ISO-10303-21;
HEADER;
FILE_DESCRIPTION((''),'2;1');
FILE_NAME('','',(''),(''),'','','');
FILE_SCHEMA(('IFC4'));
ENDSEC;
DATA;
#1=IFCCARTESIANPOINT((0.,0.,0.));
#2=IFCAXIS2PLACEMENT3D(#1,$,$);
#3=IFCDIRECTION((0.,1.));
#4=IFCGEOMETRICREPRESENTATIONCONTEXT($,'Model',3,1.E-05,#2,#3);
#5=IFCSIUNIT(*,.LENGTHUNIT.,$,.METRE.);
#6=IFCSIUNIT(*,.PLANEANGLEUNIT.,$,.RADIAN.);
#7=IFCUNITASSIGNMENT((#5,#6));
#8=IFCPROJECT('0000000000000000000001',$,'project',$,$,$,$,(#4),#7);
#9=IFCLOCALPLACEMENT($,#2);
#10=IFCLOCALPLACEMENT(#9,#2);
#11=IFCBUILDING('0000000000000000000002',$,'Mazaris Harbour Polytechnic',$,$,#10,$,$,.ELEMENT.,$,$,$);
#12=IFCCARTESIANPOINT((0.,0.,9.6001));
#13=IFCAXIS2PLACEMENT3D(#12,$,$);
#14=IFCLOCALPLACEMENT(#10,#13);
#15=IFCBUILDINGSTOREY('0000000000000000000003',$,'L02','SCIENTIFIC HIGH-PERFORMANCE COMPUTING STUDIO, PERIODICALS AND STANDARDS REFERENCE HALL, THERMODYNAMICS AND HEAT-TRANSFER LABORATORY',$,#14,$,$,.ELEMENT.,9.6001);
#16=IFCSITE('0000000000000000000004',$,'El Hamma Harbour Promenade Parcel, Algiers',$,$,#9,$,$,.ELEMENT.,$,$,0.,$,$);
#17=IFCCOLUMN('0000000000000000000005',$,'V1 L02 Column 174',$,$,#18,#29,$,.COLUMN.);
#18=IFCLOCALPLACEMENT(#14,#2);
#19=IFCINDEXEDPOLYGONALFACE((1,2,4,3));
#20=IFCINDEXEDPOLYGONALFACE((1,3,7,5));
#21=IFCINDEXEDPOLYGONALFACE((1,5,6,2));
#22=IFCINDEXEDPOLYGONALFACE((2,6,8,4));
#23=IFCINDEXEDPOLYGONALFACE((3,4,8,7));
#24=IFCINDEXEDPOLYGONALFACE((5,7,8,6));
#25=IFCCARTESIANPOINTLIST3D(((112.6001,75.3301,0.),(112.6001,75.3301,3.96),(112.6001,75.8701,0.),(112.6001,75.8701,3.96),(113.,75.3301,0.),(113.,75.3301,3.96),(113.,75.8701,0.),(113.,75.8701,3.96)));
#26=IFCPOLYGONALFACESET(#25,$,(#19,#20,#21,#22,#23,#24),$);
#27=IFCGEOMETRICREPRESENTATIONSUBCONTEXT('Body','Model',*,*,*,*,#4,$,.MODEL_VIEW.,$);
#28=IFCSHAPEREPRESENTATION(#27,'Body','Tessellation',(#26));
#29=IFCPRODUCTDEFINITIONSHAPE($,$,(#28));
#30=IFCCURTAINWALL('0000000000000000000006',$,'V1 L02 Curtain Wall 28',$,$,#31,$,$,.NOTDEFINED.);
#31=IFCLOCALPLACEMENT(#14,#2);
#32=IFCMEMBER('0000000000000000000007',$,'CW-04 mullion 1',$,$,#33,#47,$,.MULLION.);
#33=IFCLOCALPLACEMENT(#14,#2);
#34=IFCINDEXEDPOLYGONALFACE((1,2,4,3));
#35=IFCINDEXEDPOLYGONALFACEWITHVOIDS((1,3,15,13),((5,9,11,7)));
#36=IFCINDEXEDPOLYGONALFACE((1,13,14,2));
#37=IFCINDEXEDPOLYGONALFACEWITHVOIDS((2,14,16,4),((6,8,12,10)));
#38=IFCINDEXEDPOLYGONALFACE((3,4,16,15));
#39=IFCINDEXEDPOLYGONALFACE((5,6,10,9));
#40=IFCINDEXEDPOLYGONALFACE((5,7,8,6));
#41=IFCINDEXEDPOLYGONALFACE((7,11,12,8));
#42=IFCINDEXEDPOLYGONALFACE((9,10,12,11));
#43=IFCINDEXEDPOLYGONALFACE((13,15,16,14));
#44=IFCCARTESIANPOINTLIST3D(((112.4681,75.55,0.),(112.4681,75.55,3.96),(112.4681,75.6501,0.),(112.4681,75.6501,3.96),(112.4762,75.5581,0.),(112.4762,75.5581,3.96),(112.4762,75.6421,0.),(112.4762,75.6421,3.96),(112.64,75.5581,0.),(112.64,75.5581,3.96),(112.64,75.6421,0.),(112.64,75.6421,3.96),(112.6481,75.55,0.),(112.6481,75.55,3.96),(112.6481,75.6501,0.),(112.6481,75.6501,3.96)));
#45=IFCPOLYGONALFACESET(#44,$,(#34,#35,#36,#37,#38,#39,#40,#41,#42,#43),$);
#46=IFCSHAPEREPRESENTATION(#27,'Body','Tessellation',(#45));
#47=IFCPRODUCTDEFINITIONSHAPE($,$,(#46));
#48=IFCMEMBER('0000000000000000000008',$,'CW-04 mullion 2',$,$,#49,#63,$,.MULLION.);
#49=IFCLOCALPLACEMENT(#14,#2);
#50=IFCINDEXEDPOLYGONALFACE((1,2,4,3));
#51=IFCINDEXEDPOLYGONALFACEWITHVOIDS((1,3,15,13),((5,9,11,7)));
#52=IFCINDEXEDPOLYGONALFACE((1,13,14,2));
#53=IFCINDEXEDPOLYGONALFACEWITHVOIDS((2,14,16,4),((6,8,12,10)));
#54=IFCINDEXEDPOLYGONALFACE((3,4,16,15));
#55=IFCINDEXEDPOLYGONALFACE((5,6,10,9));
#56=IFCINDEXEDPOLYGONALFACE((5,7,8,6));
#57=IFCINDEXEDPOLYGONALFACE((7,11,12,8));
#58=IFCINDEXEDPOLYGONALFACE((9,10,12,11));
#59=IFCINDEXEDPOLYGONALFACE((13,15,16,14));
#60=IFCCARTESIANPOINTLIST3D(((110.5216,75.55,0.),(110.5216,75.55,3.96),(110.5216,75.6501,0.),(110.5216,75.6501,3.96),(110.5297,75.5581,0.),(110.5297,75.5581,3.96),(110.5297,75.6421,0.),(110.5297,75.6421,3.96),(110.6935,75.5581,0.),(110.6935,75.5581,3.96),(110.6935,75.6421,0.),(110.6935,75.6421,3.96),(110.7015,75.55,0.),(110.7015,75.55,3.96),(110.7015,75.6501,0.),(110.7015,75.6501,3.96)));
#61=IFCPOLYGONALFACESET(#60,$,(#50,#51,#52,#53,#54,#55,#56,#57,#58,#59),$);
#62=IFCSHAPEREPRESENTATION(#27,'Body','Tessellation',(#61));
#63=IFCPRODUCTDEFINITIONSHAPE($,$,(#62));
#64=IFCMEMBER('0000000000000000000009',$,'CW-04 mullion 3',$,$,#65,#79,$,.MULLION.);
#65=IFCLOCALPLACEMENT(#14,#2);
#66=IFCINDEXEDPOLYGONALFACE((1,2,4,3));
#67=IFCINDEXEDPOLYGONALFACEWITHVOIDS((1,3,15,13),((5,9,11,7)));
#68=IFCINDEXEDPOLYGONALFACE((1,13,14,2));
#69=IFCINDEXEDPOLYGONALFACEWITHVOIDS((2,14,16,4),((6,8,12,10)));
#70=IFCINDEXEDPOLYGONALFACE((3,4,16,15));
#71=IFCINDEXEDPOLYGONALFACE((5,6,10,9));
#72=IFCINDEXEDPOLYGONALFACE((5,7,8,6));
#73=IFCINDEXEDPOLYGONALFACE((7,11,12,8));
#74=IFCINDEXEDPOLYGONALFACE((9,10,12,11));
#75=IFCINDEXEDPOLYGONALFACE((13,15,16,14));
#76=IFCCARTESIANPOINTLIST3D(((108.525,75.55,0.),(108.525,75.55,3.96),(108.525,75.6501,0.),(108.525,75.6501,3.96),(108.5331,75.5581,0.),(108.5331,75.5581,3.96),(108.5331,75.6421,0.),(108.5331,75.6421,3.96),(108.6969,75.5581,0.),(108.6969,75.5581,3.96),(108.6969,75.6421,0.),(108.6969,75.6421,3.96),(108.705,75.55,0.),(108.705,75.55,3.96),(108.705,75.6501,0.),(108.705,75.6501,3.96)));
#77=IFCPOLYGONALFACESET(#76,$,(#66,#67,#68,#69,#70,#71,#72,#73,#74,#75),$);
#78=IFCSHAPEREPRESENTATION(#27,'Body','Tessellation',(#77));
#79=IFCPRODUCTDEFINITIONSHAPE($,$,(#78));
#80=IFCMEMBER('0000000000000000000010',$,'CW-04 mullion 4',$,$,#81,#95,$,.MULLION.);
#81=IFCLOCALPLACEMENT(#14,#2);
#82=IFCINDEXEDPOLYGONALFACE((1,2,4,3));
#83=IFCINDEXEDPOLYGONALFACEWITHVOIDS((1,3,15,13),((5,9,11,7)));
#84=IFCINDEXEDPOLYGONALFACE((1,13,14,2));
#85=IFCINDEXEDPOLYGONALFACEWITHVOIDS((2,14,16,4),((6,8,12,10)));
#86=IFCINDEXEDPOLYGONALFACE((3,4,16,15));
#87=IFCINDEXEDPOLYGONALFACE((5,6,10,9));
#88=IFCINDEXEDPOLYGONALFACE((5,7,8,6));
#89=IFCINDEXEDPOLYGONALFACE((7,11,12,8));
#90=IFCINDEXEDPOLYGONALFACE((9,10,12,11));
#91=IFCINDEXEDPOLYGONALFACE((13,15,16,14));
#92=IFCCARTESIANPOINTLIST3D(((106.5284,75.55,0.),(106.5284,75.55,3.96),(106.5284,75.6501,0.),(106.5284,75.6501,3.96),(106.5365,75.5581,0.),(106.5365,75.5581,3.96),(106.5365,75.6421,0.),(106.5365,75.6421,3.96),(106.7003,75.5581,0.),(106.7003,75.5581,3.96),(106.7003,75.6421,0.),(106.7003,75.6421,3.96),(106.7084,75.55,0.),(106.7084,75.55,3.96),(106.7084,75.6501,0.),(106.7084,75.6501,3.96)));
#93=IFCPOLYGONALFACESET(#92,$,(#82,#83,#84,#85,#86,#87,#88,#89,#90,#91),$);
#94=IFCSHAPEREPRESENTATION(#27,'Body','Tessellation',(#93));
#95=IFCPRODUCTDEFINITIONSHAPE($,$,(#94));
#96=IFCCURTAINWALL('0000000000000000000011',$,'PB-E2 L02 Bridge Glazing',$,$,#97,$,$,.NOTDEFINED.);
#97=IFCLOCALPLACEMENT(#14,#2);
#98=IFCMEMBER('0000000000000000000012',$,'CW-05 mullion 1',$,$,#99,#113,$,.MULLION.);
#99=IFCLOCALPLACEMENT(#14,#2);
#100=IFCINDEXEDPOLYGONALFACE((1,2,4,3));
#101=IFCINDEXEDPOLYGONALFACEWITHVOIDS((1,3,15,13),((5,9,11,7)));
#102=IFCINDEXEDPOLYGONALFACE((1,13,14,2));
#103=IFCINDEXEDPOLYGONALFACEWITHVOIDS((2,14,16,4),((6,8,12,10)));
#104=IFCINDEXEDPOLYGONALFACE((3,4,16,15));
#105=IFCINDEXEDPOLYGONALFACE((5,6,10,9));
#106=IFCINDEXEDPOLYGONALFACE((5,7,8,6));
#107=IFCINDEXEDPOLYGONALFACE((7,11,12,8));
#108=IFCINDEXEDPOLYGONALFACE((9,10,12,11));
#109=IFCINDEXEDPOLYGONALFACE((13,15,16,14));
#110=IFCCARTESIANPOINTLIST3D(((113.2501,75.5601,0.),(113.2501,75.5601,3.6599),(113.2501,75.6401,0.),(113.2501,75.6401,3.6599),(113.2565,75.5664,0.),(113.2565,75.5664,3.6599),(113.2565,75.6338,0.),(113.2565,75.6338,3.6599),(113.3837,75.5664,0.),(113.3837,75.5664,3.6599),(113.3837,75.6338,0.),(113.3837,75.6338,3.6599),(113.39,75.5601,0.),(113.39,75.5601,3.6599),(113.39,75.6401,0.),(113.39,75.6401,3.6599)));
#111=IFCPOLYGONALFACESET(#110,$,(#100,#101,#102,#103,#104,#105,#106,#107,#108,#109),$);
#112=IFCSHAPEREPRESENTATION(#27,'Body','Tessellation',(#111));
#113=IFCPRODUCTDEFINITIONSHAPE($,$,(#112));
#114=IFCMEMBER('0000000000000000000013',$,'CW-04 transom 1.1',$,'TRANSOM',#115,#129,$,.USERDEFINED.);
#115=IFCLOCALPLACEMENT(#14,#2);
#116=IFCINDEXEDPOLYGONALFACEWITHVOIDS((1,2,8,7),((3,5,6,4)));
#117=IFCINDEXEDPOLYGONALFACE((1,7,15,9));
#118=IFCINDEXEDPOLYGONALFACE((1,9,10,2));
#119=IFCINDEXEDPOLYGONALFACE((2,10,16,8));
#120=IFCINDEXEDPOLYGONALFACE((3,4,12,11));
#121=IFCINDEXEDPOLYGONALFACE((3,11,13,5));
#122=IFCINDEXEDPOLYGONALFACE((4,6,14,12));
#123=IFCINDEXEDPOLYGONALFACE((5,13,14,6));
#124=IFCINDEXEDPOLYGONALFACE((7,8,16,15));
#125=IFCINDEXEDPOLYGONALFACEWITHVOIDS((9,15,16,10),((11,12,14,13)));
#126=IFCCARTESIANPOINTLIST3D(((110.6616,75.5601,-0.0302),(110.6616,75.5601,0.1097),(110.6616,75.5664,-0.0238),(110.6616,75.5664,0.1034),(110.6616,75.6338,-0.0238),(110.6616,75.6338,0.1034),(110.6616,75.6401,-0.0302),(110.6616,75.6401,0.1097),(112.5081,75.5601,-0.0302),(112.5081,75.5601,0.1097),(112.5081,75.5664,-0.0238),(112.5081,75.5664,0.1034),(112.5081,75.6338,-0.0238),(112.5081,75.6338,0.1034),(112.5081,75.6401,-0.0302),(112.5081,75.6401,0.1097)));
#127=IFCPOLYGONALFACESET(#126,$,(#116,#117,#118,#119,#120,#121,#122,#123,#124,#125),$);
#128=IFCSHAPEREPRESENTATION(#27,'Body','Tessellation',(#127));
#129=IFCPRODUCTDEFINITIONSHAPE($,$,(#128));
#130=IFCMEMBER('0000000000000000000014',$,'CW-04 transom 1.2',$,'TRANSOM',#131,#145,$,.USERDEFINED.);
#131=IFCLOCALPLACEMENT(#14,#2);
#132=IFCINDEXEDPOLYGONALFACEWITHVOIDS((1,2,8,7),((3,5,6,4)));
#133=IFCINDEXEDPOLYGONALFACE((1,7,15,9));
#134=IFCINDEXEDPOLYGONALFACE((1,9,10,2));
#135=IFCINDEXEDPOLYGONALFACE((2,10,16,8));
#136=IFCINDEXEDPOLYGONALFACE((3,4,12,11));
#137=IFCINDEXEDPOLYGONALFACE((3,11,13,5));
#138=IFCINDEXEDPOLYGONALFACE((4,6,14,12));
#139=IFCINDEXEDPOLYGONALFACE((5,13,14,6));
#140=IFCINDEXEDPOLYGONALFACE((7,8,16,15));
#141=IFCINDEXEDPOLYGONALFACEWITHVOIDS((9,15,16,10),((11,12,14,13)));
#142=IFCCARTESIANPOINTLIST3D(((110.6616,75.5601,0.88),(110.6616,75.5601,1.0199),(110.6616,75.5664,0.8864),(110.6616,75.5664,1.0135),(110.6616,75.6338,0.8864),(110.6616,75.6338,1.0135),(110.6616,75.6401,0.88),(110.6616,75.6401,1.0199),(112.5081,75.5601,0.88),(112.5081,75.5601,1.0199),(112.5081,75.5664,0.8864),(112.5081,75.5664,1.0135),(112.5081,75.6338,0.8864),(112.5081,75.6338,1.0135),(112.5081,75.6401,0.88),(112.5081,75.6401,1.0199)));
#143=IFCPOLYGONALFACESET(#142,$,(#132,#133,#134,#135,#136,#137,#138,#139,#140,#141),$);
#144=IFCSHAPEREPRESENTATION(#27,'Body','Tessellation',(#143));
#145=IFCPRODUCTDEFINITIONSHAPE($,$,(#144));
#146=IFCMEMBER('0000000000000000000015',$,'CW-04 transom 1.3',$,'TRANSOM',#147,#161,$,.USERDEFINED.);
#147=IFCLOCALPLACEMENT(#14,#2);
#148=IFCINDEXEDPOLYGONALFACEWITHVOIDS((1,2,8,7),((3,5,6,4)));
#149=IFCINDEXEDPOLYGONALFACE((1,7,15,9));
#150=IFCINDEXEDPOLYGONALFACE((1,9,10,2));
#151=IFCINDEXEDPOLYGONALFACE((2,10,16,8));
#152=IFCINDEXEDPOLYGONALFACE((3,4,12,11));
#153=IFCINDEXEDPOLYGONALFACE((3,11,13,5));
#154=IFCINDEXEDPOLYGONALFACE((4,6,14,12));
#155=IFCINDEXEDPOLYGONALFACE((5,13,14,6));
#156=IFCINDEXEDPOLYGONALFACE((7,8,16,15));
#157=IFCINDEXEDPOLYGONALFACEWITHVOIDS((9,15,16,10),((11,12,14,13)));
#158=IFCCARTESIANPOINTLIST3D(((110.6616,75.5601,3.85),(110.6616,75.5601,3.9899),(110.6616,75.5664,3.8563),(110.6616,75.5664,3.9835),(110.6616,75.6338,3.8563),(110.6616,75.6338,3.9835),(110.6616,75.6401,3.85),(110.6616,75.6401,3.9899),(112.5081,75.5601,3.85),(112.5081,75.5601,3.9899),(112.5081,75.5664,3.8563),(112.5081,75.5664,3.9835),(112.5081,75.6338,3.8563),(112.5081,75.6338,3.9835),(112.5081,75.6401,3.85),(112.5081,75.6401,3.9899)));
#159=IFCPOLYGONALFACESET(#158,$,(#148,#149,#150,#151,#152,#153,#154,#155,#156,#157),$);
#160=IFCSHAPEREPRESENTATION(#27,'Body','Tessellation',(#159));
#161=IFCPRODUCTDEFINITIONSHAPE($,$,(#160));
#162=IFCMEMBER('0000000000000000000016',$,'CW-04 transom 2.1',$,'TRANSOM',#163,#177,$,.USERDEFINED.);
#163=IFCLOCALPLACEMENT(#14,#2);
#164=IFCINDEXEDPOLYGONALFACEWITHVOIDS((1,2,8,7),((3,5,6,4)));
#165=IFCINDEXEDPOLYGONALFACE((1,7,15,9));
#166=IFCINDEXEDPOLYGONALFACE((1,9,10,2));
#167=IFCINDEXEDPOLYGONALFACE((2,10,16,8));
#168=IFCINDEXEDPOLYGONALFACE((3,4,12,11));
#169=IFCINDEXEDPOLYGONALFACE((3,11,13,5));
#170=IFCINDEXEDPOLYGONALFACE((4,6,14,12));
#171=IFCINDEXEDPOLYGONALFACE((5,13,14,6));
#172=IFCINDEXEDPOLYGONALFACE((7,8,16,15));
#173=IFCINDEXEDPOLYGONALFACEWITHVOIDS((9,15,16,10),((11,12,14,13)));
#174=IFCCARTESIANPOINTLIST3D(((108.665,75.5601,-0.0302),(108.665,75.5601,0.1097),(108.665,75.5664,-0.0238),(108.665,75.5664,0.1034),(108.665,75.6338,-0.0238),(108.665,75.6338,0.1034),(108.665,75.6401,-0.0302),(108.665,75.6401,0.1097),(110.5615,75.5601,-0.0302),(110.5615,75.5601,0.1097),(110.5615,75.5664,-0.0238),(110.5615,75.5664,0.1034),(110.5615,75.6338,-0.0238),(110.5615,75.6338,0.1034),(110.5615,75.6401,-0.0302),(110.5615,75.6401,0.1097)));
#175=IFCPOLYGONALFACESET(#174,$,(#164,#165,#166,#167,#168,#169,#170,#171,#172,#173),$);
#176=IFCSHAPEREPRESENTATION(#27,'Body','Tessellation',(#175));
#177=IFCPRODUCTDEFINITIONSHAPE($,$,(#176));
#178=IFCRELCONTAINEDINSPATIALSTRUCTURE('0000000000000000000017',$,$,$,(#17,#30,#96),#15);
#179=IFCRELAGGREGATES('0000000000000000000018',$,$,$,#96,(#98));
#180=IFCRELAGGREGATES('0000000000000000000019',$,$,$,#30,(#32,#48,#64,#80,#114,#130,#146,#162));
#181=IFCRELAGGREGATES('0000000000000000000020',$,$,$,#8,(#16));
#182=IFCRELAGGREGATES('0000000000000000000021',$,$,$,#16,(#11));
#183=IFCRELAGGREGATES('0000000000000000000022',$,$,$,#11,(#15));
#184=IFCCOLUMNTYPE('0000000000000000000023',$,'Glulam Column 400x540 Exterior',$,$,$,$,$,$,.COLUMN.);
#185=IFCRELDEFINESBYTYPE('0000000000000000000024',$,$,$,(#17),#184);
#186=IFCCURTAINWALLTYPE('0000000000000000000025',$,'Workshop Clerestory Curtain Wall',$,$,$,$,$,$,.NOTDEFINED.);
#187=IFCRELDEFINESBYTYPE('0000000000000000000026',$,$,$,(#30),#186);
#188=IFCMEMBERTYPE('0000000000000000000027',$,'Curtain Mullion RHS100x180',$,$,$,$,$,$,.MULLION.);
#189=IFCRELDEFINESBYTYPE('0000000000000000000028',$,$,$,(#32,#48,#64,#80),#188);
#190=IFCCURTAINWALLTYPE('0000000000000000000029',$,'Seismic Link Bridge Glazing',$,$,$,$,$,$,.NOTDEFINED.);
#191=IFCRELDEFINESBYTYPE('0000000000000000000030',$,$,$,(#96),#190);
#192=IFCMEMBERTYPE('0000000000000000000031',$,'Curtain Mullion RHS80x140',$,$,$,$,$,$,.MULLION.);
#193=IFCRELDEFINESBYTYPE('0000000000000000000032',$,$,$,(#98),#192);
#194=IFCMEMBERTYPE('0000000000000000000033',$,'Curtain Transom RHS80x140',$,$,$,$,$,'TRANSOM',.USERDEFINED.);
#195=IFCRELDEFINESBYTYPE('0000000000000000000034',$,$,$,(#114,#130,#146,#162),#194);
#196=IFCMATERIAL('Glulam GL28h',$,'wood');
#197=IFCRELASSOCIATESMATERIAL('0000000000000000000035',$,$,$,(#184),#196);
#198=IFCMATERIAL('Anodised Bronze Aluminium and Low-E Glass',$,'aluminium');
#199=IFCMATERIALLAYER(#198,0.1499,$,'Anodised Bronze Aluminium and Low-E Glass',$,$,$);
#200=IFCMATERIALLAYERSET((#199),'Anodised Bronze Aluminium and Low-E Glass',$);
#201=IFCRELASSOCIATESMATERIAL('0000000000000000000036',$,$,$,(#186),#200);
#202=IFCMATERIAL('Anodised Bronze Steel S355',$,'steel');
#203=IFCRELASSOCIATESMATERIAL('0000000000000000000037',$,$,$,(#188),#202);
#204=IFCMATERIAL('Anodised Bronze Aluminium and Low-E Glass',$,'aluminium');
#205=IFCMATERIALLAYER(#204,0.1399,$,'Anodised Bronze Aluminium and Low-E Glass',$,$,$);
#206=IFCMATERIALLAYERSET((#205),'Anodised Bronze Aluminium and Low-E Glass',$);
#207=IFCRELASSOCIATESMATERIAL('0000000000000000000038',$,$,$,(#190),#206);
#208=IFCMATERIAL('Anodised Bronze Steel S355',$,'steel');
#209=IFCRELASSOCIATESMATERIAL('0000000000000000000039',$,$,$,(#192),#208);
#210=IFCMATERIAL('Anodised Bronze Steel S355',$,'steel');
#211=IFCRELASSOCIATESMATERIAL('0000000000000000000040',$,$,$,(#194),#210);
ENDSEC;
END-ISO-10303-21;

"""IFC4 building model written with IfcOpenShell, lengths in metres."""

from ifc_helpers import new_model, si_unit, direction, frame, origin, origin_2d, place, context, subcontext, project, spatial, rectangle, hollow_rectangle, extrude, material, layer, layer_set, material_profile, profile_set, type_object, element, aggregate, save


model = new_model("IFC4")

# Units and contexts
model_context = context("Model", 3, precision=1e-05, world=origin(), true_north=direction((0.0, 1.0)))
body_context = subcontext(model_context, "Body", "Model", "MODEL_VIEW")
ifc_project = project(units=[si_unit("LENGTHUNIT", "METRE"), si_unit("PLANEANGLEUNIT", "RADIAN")], contexts=[model_context])

# Site, building, storey
site_placement = place(None, origin())
site = spatial("IfcSite", under=ifc_project, at=site_placement, Name="El Hamma Harbour Promenade Parcel, Algiers", CompositionType="ELEMENT", RefElevation=0.0)
building_placement = place(site_placement, origin())
building = spatial("IfcBuilding", under=site, at=building_placement, Name="Mazaris Harbour Polytechnic", CompositionType="ELEMENT")
storey_placement = place(building_placement, frame((0.0, 0.0, 9.6001)))
storey = spatial("IfcBuildingStorey", under=building, at=storey_placement, Name="L02", Description="SCIENTIFIC HIGH-PERFORMANCE COMPUTING STUDIO, PERIODICALS AND STANDARDS REFERENCE HALL, THERMODYNAMICS AND HEAT-TRANSFER LABORATORY", CompositionType="ELEMENT", Elevation=9.6001)

# Column
ifc_material_1 = material(Name="Glulam GL28h", Category="wood")
ifc_material_profile_1 = material_profile(ifc_material_1, rectangle(XDim=0.3999, YDim=0.54, at=origin_2d()), Name="RECT400x540")
ifc_profile_set_1 = profile_set([ifc_material_profile_1], Name="Glulam GL28h")
column_type = type_object("IfcColumnType", Name="Glulam Column 400x540 Exterior", PredefinedType="COLUMN", material=ifc_profile_set_1)
column_placement = place(storey_placement, frame((112.8, 75.6001, 0.0), z_axis=(0.0, 0.0, 1.0), x_axis=(1.0, 0.0, 0.0)))
element("IfcColumn", 1, at=column_placement, inside=storey, type_object=column_type, Name="V1 L02 Column 174", PredefinedType="COLUMN", context=body_context, shape_type="SweptSolid", body=[
    extrude(rectangle(XDim=0.3999, YDim=0.54, at=origin_2d()), origin(), (0.0, 0.0, 1.0), 3.96),
])

# Curtain wall, members
ifc_material_2 = material(Name="Anodised Bronze Aluminium and Low-E Glass", Category="aluminium")
ifc_layer_1 = layer(ifc_material_2, 0.1499, Name="Anodised Bronze Aluminium and Low-E Glass")
ifc_layer_set_1 = layer_set([ifc_layer_1], Name="Anodised Bronze Aluminium and Low-E Glass")
curtain_wall_type_1 = type_object("IfcCurtainWallType", Name="Workshop Clerestory Curtain Wall", PredefinedType="NOTDEFINED", material=ifc_layer_set_1)
curtain_wall_1_placement = place(storey_placement, origin())
curtain_wall_1 = element("IfcCurtainWall", 2, at=curtain_wall_1_placement, inside=storey, type_object=curtain_wall_type_1, Name="V1 L02 Curtain Wall 28", PredefinedType="NOTDEFINED")
ifc_material_3 = material(Name="Anodised Bronze Steel S355", Category="steel")
ifc_material_profile_2 = material_profile(ifc_material_3, hollow_rectangle(XDim=0.1001, YDim=0.1799, WallThickness=0.0081, at=origin_2d()), Name="RHS 100x180x8.0")
ifc_profile_set_2 = profile_set([ifc_material_profile_2], Name="Anodised Bronze Steel S355")
member_type_1 = type_object("IfcMemberType", Name="Curtain Mullion RHS100x180", PredefinedType="MULLION", material=ifc_profile_set_2)
member_1_placement = place(storey_placement, frame((112.5581, 75.6001, 0.0), z_axis=(0.0, 0.0, 1.0), x_axis=(0.0, -1.0, 0.0)))
member_1 = element("IfcMember", 3, at=member_1_placement, type_object=member_type_1, Name="CW-04 mullion 1", PredefinedType="MULLION", context=body_context, shape_type="SweptSolid", body=[
    extrude(hollow_rectangle(XDim=0.1001, YDim=0.1799, WallThickness=0.0081, at=origin_2d()), origin(), (0.0, 0.0, 1.0), 3.96),
])
member_2_placement = place(storey_placement, frame((110.6116, 75.6001, 0.0), z_axis=(0.0, 0.0, 1.0), x_axis=(0.0, -1.0, 0.0)))
member_2 = element("IfcMember", 4, at=member_2_placement, type_object=member_type_1, Name="CW-04 mullion 2", PredefinedType="MULLION", context=body_context, shape_type="SweptSolid", body=[
    extrude(hollow_rectangle(XDim=0.1001, YDim=0.1799, WallThickness=0.0081, at=origin_2d()), origin(), (0.0, 0.0, 1.0), 3.96),
])
member_3_placement = place(storey_placement, frame((108.615, 75.6001, 0.0), z_axis=(0.0, 0.0, 1.0), x_axis=(0.0, -1.0, 0.0)))
member_3 = element("IfcMember", 5, at=member_3_placement, type_object=member_type_1, Name="CW-04 mullion 3", PredefinedType="MULLION", context=body_context, shape_type="SweptSolid", body=[
    extrude(hollow_rectangle(XDim=0.1001, YDim=0.1799, WallThickness=0.0081, at=origin_2d()), origin(), (0.0, 0.0, 1.0), 3.96),
])
member_4_placement = place(storey_placement, frame((106.6184, 75.6001, 0.0), z_axis=(0.0, 0.0, 1.0), x_axis=(0.0, -1.0, 0.0)))
member_4 = element("IfcMember", 6, at=member_4_placement, type_object=member_type_1, Name="CW-04 mullion 4", PredefinedType="MULLION", context=body_context, shape_type="SweptSolid", body=[
    extrude(hollow_rectangle(XDim=0.1001, YDim=0.1799, WallThickness=0.0081, at=origin_2d()), origin(), (0.0, 0.0, 1.0), 3.96),
])

# Curtain wall, member
ifc_material_4 = material(Name="Anodised Bronze Aluminium and Low-E Glass", Category="aluminium")
ifc_layer_2 = layer(ifc_material_4, 0.1399, Name="Anodised Bronze Aluminium and Low-E Glass")
ifc_layer_set_2 = layer_set([ifc_layer_2], Name="Anodised Bronze Aluminium and Low-E Glass")
curtain_wall_type_2 = type_object("IfcCurtainWallType", Name="Seismic Link Bridge Glazing", PredefinedType="NOTDEFINED", material=ifc_layer_set_2)
curtain_wall_2_placement = place(storey_placement, origin())
curtain_wall_2 = element("IfcCurtainWall", 7, at=curtain_wall_2_placement, inside=storey, type_object=curtain_wall_type_2, Name="PB-E2 L02 Bridge Glazing", PredefinedType="NOTDEFINED")
ifc_material_5 = material(Name="Anodised Bronze Steel S355", Category="steel")
ifc_material_profile_3 = material_profile(ifc_material_5, hollow_rectangle(XDim=0.0801, YDim=0.1399, WallThickness=0.0063, at=origin_2d()), Name="RHS 80x140x6.3")
ifc_profile_set_3 = profile_set([ifc_material_profile_3], Name="Anodised Bronze Steel S355")
member_type_2 = type_object("IfcMemberType", Name="Curtain Mullion RHS80x140", PredefinedType="MULLION", material=ifc_profile_set_3)
member_5_placement = place(storey_placement, frame((113.3201, 75.6001, 0.0), z_axis=(0.0, 0.0, 1.0), x_axis=(0.0, 1.0, 0.0)))
member_5 = element("IfcMember", 8, at=member_5_placement, type_object=member_type_2, Name="CW-05 mullion 1", PredefinedType="MULLION", context=body_context, shape_type="SweptSolid", body=[
    extrude(hollow_rectangle(XDim=0.0801, YDim=0.1399, WallThickness=0.0063, at=origin_2d()), origin(), (0.0, 0.0, 1.0), 3.6599),
])
aggregate(curtain_wall_2, [member_5])

# Members
ifc_material_6 = material(Name="Anodised Bronze Steel S355", Category="steel")
ifc_material_profile_4 = material_profile(ifc_material_6, hollow_rectangle(XDim=0.0801, YDim=0.1399, WallThickness=0.0063, at=origin_2d()), Name="RHS 80x140x6.3")
ifc_profile_set_4 = profile_set([ifc_material_profile_4], Name="Anodised Bronze Steel S355")
member_type_3 = type_object("IfcMemberType", Name="Curtain Transom RHS80x140", ElementType="TRANSOM", PredefinedType="USERDEFINED", material=ifc_profile_set_4)
member_6_placement = place(storey_placement, frame((112.5081, 75.6001, 0.0398), z_axis=(-1.0, 0.0, 0.0), x_axis=(0.0, -1.0, 0.0)))
member_6 = element("IfcMember", 9, at=member_6_placement, type_object=member_type_3, Name="CW-04 transom 1.1", ObjectType="TRANSOM", PredefinedType="USERDEFINED", context=body_context, shape_type="SweptSolid", body=[
    extrude(hollow_rectangle(XDim=0.0801, YDim=0.1399, WallThickness=0.0063, at=origin_2d()), origin(), (0.0, 0.0, 1.0), 1.8464),
])
member_7_placement = place(storey_placement, frame((112.5081, 75.6001, 0.95), z_axis=(-1.0, 0.0, 0.0), x_axis=(0.0, -1.0, 0.0)))
member_7 = element("IfcMember", 10, at=member_7_placement, type_object=member_type_3, Name="CW-04 transom 1.2", ObjectType="TRANSOM", PredefinedType="USERDEFINED", context=body_context, shape_type="SweptSolid", body=[
    extrude(hollow_rectangle(XDim=0.0801, YDim=0.1399, WallThickness=0.0063, at=origin_2d()), origin(), (0.0, 0.0, 1.0), 1.8464),
])
member_8_placement = place(storey_placement, frame((112.5081, 75.6001, 3.9199), z_axis=(-1.0, 0.0, 0.0), x_axis=(0.0, -1.0, 0.0)))
member_8 = element("IfcMember", 11, at=member_8_placement, type_object=member_type_3, Name="CW-04 transom 1.3", ObjectType="TRANSOM", PredefinedType="USERDEFINED", context=body_context, shape_type="SweptSolid", body=[
    extrude(hollow_rectangle(XDim=0.0801, YDim=0.1399, WallThickness=0.0063, at=origin_2d()), origin(), (0.0, 0.0, 1.0), 1.8464),
])
member_9_placement = place(storey_placement, frame((110.5615, 75.6001, 0.0398), z_axis=(-1.0, 0.0, 0.0), x_axis=(0.0, -1.0, 0.0)))
member_9 = element("IfcMember", 12, at=member_9_placement, type_object=member_type_3, Name="CW-04 transom 2.1", ObjectType="TRANSOM", PredefinedType="USERDEFINED", context=body_context, shape_type="SweptSolid", body=[
    extrude(hollow_rectangle(XDim=0.0801, YDim=0.1399, WallThickness=0.0063, at=origin_2d()), origin(), (0.0, 0.0, 1.0), 1.8965),
])

aggregate(curtain_wall_1, [member_1, member_2, member_3, member_4, member_6, member_7, member_8, member_9])

save(model, "model.ifc")
